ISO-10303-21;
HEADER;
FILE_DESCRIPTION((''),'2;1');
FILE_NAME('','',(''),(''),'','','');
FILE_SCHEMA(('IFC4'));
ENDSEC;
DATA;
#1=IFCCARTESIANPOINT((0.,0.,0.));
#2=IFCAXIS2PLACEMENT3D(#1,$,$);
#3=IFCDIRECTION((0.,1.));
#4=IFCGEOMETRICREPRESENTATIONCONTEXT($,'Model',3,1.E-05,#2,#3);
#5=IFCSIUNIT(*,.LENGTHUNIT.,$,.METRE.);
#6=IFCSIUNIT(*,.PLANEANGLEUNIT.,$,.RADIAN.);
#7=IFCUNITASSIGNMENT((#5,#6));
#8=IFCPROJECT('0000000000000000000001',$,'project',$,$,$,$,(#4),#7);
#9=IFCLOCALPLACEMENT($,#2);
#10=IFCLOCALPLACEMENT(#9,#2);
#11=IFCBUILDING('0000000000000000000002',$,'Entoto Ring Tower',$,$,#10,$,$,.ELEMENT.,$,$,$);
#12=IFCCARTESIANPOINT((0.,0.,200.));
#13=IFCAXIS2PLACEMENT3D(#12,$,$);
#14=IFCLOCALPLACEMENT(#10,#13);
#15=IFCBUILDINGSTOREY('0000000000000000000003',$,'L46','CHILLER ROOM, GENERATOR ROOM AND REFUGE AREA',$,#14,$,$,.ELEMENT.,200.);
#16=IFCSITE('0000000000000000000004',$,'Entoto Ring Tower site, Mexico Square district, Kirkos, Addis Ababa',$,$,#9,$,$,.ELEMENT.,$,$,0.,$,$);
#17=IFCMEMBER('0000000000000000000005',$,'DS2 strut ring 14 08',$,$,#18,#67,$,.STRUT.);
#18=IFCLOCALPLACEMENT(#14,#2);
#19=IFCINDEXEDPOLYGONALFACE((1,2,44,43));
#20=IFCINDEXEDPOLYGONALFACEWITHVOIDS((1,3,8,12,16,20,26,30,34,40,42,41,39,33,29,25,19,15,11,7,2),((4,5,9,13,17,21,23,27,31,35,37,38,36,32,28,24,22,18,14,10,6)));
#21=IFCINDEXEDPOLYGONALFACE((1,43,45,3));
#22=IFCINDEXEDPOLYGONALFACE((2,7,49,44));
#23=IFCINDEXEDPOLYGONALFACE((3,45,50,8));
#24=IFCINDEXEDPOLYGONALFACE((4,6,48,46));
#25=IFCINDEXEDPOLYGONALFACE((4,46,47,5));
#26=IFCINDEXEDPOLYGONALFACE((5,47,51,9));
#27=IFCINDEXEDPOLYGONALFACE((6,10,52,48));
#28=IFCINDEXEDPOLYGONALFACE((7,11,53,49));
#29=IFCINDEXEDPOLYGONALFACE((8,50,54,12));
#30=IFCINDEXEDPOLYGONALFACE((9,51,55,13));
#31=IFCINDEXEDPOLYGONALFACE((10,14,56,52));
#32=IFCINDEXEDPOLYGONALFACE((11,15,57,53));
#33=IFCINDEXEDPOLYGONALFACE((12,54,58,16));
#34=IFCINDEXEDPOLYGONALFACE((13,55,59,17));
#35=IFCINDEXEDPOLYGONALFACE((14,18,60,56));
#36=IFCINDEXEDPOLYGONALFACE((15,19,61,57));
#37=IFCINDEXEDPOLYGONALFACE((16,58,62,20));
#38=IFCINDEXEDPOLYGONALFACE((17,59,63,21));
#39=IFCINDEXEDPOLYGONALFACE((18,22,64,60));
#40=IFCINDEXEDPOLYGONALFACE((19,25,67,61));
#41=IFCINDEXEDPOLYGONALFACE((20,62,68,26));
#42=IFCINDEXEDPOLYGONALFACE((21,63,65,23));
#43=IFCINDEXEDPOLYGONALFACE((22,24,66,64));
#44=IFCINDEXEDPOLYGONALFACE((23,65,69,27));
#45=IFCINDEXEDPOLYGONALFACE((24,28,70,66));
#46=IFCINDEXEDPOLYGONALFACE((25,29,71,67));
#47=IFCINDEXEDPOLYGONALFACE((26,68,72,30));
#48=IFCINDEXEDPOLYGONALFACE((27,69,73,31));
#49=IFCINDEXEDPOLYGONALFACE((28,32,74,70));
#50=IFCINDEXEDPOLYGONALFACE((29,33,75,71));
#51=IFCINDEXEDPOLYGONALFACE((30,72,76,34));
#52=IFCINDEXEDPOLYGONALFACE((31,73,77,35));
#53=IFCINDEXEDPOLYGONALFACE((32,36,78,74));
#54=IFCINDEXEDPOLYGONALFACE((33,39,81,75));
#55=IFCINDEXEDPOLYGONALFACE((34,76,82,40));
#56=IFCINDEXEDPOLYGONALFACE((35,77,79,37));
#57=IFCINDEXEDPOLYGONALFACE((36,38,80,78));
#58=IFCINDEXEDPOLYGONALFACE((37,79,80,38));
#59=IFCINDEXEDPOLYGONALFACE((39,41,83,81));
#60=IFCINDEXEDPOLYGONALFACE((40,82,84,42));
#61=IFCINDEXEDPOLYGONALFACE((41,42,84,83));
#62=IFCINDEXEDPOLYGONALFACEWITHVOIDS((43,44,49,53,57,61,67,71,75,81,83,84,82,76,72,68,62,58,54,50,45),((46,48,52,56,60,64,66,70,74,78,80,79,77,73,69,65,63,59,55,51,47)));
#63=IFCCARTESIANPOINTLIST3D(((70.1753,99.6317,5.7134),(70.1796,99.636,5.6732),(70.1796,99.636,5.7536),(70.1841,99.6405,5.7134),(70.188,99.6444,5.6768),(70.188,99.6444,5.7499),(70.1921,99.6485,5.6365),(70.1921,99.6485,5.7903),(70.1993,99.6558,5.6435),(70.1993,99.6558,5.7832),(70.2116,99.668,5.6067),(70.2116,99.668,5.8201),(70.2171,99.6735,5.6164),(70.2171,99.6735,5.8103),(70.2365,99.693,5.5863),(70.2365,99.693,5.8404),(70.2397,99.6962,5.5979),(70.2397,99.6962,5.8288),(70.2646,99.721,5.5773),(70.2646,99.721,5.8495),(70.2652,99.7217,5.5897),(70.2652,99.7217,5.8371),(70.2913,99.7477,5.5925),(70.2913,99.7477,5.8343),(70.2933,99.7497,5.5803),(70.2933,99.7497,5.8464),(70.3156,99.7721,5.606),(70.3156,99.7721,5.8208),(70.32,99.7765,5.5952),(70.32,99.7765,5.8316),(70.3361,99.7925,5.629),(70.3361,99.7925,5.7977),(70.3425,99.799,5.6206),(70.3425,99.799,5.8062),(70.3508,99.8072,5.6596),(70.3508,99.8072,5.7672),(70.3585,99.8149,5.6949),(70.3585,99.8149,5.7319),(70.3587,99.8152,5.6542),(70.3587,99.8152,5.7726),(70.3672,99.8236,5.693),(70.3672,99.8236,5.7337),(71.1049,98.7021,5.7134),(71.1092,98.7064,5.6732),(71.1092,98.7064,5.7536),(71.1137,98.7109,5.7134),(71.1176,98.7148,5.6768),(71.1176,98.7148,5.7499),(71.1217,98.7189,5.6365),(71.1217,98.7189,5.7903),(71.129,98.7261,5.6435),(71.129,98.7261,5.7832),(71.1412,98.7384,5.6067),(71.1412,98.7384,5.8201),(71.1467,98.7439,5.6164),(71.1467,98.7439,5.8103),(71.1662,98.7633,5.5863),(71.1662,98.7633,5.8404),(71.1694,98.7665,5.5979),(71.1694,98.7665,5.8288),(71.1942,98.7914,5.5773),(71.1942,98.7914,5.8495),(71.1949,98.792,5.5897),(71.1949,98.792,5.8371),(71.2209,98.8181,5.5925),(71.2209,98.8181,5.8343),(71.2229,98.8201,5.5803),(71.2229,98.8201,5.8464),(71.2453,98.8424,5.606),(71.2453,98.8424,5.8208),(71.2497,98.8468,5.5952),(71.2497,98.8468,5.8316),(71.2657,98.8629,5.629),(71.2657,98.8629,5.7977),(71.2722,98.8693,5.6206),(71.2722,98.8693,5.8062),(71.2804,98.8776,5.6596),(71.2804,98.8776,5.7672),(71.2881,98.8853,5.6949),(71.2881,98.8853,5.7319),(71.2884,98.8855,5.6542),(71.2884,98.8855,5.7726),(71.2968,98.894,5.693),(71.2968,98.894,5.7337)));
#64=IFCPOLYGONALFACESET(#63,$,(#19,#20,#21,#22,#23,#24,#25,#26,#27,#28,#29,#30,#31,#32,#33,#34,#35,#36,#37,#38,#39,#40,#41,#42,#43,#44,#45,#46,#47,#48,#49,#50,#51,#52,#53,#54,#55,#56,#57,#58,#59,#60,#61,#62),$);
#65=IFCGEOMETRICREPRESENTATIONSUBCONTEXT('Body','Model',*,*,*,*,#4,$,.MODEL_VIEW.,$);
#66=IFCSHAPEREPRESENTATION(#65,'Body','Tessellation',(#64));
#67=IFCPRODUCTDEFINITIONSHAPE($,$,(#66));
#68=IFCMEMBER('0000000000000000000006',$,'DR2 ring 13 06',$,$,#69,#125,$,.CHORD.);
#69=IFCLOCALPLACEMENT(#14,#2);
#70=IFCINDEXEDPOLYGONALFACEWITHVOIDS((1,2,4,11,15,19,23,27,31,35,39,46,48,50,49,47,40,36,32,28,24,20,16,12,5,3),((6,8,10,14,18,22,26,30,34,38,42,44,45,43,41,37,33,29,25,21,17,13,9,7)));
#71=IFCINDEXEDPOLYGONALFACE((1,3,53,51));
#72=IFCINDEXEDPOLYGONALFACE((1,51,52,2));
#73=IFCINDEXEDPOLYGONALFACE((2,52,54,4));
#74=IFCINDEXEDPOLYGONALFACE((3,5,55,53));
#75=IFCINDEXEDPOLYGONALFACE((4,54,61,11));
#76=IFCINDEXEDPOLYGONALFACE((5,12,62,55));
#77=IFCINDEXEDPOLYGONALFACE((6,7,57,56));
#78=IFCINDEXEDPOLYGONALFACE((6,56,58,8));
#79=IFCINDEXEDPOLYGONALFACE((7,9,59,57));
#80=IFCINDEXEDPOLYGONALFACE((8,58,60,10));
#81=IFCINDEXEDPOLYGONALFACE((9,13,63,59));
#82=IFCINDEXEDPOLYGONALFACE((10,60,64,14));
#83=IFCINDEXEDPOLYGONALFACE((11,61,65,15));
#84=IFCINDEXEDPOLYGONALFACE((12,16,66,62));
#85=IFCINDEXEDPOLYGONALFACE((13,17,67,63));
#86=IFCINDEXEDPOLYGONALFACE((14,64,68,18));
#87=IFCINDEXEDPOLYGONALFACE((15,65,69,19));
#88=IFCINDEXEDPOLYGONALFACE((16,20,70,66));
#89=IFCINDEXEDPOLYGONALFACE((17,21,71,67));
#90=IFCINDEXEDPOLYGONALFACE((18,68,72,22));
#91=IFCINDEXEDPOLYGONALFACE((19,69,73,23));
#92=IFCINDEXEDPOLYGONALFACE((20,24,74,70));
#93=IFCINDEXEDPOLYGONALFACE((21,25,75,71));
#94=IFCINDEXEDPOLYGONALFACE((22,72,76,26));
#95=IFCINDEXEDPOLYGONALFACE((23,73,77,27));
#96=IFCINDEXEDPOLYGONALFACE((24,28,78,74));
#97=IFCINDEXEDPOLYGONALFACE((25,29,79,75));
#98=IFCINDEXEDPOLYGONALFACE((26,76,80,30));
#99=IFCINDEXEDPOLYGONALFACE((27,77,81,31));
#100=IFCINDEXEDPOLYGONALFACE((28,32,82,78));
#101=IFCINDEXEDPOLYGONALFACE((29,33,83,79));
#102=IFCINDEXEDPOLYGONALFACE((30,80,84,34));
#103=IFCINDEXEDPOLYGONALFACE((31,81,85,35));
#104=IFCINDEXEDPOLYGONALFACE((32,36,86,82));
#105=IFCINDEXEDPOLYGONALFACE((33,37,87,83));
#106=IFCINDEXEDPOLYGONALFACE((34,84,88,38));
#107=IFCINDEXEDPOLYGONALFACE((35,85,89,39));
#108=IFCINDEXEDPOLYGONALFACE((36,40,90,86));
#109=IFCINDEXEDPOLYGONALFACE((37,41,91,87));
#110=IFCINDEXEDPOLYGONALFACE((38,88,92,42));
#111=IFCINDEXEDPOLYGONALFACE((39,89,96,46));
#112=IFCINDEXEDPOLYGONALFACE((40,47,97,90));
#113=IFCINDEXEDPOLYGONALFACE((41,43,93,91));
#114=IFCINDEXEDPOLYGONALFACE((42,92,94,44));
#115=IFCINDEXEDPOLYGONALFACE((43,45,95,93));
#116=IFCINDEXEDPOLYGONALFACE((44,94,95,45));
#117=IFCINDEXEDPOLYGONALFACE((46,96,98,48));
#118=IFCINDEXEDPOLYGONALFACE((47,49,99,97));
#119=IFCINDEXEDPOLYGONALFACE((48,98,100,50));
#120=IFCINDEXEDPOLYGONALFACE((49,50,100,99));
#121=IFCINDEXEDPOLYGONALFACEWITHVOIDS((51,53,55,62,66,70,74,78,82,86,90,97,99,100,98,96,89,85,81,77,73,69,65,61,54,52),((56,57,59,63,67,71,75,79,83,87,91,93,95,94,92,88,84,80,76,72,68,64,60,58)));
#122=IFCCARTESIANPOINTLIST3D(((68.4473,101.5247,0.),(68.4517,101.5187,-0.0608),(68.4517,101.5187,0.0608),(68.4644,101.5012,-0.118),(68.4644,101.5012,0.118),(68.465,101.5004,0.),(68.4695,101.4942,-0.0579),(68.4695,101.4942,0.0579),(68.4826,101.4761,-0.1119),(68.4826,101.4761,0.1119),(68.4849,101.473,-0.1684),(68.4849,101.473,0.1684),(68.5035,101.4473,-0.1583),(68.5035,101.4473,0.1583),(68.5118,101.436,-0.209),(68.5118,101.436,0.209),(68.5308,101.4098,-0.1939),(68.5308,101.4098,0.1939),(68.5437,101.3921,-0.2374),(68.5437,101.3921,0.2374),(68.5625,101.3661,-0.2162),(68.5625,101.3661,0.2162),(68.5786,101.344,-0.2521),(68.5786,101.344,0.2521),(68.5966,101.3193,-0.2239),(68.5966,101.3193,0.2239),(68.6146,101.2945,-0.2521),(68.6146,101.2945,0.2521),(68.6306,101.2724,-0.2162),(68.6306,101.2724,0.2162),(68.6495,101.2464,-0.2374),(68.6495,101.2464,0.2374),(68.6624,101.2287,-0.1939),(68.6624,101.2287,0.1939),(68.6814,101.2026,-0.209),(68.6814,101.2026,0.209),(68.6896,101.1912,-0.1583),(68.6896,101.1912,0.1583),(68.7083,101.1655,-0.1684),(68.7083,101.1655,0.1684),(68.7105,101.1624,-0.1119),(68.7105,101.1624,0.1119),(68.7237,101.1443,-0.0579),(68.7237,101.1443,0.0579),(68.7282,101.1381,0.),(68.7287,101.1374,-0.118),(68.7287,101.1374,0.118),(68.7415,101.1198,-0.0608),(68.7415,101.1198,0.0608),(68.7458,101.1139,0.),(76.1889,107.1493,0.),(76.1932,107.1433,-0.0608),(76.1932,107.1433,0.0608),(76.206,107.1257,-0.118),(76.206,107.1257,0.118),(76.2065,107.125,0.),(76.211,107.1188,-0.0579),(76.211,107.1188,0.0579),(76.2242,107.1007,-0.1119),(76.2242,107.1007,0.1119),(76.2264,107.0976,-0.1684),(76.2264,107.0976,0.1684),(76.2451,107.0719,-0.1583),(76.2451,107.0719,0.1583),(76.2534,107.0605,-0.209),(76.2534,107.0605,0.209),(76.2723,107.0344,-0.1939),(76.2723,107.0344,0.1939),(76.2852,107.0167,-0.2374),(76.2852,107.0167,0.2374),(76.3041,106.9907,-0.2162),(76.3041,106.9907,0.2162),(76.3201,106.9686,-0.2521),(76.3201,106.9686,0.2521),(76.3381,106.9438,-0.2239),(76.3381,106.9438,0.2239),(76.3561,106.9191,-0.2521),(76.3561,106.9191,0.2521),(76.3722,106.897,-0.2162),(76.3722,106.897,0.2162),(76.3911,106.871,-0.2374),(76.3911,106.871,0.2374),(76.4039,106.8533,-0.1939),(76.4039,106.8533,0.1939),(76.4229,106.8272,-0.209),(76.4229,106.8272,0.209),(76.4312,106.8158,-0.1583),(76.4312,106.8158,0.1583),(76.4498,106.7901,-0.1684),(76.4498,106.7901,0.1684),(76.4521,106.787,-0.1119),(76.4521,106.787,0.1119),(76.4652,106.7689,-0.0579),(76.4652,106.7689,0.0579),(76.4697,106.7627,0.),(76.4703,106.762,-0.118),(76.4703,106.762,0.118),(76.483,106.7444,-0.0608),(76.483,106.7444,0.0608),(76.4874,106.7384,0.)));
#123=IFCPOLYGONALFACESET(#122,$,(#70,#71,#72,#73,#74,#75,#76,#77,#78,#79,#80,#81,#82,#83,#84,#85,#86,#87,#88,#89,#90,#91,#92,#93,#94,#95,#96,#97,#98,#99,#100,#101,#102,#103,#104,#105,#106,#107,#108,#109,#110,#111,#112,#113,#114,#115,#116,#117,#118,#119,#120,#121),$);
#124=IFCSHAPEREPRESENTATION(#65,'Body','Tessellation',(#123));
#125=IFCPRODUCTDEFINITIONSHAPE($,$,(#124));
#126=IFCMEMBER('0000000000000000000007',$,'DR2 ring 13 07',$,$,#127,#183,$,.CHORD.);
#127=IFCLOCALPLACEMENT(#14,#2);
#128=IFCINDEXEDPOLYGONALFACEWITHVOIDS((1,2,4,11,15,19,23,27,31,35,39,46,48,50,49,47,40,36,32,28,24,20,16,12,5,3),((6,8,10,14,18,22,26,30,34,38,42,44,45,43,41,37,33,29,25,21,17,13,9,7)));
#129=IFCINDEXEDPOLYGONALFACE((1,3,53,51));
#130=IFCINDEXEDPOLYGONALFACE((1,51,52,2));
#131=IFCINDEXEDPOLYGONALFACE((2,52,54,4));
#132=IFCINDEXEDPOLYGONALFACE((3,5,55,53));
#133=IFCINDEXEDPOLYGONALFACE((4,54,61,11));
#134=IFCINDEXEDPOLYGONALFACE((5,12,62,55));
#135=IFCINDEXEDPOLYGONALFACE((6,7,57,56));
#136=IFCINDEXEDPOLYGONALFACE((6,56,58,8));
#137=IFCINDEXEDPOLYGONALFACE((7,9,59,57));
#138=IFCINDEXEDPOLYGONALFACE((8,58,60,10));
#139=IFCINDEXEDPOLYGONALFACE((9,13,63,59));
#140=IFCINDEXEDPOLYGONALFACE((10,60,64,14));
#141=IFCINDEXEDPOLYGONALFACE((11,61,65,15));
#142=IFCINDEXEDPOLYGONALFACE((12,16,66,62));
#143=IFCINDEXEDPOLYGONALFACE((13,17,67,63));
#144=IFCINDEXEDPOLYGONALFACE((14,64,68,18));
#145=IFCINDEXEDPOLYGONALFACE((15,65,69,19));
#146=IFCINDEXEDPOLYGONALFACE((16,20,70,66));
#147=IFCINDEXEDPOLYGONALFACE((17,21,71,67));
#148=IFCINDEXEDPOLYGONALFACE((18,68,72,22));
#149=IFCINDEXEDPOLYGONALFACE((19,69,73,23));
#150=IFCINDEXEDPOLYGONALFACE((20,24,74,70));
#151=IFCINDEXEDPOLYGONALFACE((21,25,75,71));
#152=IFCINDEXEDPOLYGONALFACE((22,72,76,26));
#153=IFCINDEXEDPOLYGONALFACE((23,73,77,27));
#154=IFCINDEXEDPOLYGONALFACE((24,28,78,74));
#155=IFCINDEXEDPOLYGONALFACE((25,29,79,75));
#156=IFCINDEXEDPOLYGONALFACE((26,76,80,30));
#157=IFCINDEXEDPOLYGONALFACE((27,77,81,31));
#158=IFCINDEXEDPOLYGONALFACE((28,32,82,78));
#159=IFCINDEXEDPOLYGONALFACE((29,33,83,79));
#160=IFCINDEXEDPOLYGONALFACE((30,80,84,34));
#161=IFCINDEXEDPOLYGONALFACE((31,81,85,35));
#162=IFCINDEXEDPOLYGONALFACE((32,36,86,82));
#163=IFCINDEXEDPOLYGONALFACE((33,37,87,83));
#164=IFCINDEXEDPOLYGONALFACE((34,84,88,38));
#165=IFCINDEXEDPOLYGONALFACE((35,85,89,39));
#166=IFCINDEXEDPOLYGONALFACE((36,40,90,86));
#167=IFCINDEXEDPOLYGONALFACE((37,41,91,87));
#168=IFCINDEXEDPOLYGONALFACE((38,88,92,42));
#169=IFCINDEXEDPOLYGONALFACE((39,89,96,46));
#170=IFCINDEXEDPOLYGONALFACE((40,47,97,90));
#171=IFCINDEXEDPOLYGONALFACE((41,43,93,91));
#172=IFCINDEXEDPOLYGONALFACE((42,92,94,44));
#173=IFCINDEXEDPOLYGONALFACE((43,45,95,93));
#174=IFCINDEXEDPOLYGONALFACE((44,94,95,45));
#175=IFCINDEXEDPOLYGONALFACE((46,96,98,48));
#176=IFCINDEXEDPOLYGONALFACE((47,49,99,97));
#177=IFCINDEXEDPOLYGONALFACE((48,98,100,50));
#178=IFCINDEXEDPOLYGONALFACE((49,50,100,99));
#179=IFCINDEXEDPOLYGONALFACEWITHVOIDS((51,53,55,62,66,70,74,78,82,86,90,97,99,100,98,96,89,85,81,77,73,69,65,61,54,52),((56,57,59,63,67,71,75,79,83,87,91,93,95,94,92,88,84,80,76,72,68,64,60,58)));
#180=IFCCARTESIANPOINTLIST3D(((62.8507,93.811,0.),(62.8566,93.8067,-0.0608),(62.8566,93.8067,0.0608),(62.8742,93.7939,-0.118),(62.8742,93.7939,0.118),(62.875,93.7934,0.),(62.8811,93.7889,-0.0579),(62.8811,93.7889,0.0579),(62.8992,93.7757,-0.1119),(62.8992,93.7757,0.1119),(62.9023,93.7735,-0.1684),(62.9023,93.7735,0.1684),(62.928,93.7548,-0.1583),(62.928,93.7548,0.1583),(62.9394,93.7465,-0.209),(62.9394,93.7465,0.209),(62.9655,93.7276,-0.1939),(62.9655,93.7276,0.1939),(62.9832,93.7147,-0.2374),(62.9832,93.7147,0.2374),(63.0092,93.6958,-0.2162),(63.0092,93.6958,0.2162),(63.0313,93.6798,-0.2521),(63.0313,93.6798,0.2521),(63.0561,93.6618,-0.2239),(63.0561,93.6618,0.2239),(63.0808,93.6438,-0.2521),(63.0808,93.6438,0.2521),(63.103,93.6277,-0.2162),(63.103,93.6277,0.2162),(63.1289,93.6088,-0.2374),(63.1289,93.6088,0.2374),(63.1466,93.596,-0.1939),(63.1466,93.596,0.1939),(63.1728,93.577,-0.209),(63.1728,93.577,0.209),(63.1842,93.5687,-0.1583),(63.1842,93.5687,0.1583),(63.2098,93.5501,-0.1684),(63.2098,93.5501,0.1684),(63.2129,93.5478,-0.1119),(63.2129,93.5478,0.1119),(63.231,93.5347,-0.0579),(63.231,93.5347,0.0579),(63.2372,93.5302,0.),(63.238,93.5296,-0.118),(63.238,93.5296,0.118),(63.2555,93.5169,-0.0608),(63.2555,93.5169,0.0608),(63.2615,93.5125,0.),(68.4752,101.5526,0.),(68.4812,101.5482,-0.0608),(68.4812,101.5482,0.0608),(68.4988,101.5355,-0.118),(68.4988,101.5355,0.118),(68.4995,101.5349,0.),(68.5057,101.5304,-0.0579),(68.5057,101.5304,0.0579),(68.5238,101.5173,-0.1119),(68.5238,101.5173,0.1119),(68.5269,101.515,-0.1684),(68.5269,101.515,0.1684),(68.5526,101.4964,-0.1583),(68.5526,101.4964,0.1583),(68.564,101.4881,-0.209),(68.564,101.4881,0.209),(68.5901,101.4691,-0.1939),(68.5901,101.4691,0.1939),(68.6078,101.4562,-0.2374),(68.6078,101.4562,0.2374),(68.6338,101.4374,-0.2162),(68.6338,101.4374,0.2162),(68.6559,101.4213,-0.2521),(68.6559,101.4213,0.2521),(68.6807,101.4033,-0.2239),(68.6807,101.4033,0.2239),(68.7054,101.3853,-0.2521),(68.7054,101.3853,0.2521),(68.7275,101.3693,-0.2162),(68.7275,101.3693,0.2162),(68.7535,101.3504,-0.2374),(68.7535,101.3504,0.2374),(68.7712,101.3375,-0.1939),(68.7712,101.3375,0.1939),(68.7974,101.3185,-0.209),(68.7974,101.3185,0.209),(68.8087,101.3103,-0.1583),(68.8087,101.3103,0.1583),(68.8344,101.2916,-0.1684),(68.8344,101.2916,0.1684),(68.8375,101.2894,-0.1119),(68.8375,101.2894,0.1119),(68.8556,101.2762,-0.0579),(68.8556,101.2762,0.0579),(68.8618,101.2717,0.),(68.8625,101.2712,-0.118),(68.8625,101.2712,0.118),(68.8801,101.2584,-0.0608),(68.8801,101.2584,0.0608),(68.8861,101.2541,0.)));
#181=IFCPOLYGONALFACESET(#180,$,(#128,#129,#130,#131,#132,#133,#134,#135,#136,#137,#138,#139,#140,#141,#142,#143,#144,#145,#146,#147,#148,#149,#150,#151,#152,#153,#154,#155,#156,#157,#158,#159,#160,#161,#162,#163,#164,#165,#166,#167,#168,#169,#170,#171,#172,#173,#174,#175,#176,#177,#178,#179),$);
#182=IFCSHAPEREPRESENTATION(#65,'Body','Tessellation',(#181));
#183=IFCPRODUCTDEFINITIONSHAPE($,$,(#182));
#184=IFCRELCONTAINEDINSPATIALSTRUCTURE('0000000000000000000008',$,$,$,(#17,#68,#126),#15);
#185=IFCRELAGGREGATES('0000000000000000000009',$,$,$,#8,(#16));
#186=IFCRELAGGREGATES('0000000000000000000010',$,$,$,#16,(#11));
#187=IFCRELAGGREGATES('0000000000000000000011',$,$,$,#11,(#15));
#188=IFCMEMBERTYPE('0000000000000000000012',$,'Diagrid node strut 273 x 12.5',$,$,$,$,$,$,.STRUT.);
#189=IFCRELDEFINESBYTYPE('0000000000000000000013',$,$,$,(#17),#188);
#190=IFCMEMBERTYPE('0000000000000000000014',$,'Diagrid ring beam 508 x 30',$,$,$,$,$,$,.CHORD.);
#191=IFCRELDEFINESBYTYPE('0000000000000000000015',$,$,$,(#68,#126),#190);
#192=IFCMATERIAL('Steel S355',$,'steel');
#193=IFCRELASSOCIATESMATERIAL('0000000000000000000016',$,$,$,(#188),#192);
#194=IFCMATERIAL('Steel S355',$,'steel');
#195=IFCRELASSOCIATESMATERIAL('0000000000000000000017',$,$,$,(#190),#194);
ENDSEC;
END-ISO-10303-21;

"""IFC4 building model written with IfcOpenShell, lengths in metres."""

from ifc_helpers import new_model, si_unit, direction, frame, origin, origin_2d, place, context, subcontext, project, spatial, circle, hollow_circle, extrude, material, material_profile, profile_set, type_object, element, save


model = new_model("IFC4")

# Units and contexts
model_context = context("Model", 3, precision=1e-05, world=origin(), true_north=direction((0.0, 1.0)))
body_context = subcontext(model_context, "Body", "Model", "MODEL_VIEW")
ifc_project = project(units=[si_unit("LENGTHUNIT", "METRE"), si_unit("PLANEANGLEUNIT", "RADIAN")], contexts=[model_context])

# Site, building, storey
site_placement = place(None, origin())
site = spatial("IfcSite", under=ifc_project, at=site_placement, Name="Entoto Ring Tower site, Mexico Square district, Kirkos, Addis Ababa", CompositionType="ELEMENT", RefElevation=0.0)
building_placement = place(site_placement, origin())
building = spatial("IfcBuilding", under=site, at=building_placement, Name="Entoto Ring Tower", CompositionType="ELEMENT")
storey_placement = place(building_placement, frame((0.0, 0.0, 200.0)))
storey = spatial("IfcBuildingStorey", under=building, at=storey_placement, Name="L46", Description="CHILLER ROOM, GENERATOR ROOM AND REFUGE AREA", CompositionType="ELEMENT", Elevation=200.0)

# Members
ifc_material_1 = material(Name="Steel S355", Category="steel")
ifc_material_profile_1 = material_profile(ifc_material_1, hollow_circle(Radius=0.1365, WallThickness=0.0125, at=origin_2d()), Name="CHS 273 x 12.5")
ifc_material_2 = material(Name="Concrete C60/75", Category="concrete")
ifc_material_profile_2 = material_profile(ifc_material_2, circle(Radius=0.124, at=origin_2d()), Name="Concrete C60/75 infill")
ifc_profile_set_1 = profile_set([ifc_material_profile_1, ifc_material_profile_2], Name="Steel S355")
member_type_1 = type_object("IfcMemberType", Name="Diagrid node strut 273 x 12.5", PredefinedType="STRUT", material=ifc_profile_set_1)
member_1_placement = place(storey_placement, frame((71.2014, 98.7986, 5.7134), z_axis=(-0.707107, 0.707107, 0.0), x_axis=(-0.707107, -0.707107, 0.0)))
element("IfcMember", 1, at=member_1_placement, inside=storey, type_object=member_type_1, Name="DS2 strut ring 14 08", PredefinedType="STRUT", context=body_context, shape_type="SweptSolid", body=[
    extrude(hollow_circle(Radius=0.1365, WallThickness=0.0125, at=origin_2d()), origin(), (0.0, 0.0, 1.0), 1.3147),
])
ifc_material_3 = material(Name="Steel S355", Category="steel")
ifc_material_profile_3 = material_profile(ifc_material_3, hollow_circle(Radius=0.2539, WallThickness=0.03, at=origin_2d()), Name="CHS 508 x 30")
ifc_material_4 = material(Name="Concrete C60/75", Category="concrete")
ifc_material_profile_4 = material_profile(ifc_material_4, circle(Radius=0.2241, at=origin_2d()), Name="Concrete C60/75 infill")
ifc_profile_set_2 = profile_set([ifc_material_profile_3, ifc_material_profile_4], Name="Steel S355")
member_type_2 = type_object("IfcMemberType", Name="Diagrid ring beam 508 x 30", PredefinedType="CHORD", material=ifc_profile_set_2)
for number, where, z_axis, x_axis, name in (
    (2, (76.3381, 106.9438, 0.0), (-0.809016, -0.587786, 0.0), (0.587786, -0.809016, 0.0), "DR2 ring 13 06"),
    (3, (68.6807, 101.4033, 0.0), (-0.587786, -0.809016, 0.0), (0.809016, -0.587786, 0.0), "DR2 ring 13 07"),
):
    element("IfcMember", number, at=place(storey_placement, frame(where, z_axis=z_axis, x_axis=x_axis)), inside=storey, type_object=member_type_2, Name=name, PredefinedType="CHORD", context=body_context, shape_type="SweptSolid", body=[
        extrude(hollow_circle(Radius=0.2539, WallThickness=0.03, at=origin_2d()), origin(), (0.0, 0.0, 1.0), 9.5691),
    ])

save(model, "model.ifc")
